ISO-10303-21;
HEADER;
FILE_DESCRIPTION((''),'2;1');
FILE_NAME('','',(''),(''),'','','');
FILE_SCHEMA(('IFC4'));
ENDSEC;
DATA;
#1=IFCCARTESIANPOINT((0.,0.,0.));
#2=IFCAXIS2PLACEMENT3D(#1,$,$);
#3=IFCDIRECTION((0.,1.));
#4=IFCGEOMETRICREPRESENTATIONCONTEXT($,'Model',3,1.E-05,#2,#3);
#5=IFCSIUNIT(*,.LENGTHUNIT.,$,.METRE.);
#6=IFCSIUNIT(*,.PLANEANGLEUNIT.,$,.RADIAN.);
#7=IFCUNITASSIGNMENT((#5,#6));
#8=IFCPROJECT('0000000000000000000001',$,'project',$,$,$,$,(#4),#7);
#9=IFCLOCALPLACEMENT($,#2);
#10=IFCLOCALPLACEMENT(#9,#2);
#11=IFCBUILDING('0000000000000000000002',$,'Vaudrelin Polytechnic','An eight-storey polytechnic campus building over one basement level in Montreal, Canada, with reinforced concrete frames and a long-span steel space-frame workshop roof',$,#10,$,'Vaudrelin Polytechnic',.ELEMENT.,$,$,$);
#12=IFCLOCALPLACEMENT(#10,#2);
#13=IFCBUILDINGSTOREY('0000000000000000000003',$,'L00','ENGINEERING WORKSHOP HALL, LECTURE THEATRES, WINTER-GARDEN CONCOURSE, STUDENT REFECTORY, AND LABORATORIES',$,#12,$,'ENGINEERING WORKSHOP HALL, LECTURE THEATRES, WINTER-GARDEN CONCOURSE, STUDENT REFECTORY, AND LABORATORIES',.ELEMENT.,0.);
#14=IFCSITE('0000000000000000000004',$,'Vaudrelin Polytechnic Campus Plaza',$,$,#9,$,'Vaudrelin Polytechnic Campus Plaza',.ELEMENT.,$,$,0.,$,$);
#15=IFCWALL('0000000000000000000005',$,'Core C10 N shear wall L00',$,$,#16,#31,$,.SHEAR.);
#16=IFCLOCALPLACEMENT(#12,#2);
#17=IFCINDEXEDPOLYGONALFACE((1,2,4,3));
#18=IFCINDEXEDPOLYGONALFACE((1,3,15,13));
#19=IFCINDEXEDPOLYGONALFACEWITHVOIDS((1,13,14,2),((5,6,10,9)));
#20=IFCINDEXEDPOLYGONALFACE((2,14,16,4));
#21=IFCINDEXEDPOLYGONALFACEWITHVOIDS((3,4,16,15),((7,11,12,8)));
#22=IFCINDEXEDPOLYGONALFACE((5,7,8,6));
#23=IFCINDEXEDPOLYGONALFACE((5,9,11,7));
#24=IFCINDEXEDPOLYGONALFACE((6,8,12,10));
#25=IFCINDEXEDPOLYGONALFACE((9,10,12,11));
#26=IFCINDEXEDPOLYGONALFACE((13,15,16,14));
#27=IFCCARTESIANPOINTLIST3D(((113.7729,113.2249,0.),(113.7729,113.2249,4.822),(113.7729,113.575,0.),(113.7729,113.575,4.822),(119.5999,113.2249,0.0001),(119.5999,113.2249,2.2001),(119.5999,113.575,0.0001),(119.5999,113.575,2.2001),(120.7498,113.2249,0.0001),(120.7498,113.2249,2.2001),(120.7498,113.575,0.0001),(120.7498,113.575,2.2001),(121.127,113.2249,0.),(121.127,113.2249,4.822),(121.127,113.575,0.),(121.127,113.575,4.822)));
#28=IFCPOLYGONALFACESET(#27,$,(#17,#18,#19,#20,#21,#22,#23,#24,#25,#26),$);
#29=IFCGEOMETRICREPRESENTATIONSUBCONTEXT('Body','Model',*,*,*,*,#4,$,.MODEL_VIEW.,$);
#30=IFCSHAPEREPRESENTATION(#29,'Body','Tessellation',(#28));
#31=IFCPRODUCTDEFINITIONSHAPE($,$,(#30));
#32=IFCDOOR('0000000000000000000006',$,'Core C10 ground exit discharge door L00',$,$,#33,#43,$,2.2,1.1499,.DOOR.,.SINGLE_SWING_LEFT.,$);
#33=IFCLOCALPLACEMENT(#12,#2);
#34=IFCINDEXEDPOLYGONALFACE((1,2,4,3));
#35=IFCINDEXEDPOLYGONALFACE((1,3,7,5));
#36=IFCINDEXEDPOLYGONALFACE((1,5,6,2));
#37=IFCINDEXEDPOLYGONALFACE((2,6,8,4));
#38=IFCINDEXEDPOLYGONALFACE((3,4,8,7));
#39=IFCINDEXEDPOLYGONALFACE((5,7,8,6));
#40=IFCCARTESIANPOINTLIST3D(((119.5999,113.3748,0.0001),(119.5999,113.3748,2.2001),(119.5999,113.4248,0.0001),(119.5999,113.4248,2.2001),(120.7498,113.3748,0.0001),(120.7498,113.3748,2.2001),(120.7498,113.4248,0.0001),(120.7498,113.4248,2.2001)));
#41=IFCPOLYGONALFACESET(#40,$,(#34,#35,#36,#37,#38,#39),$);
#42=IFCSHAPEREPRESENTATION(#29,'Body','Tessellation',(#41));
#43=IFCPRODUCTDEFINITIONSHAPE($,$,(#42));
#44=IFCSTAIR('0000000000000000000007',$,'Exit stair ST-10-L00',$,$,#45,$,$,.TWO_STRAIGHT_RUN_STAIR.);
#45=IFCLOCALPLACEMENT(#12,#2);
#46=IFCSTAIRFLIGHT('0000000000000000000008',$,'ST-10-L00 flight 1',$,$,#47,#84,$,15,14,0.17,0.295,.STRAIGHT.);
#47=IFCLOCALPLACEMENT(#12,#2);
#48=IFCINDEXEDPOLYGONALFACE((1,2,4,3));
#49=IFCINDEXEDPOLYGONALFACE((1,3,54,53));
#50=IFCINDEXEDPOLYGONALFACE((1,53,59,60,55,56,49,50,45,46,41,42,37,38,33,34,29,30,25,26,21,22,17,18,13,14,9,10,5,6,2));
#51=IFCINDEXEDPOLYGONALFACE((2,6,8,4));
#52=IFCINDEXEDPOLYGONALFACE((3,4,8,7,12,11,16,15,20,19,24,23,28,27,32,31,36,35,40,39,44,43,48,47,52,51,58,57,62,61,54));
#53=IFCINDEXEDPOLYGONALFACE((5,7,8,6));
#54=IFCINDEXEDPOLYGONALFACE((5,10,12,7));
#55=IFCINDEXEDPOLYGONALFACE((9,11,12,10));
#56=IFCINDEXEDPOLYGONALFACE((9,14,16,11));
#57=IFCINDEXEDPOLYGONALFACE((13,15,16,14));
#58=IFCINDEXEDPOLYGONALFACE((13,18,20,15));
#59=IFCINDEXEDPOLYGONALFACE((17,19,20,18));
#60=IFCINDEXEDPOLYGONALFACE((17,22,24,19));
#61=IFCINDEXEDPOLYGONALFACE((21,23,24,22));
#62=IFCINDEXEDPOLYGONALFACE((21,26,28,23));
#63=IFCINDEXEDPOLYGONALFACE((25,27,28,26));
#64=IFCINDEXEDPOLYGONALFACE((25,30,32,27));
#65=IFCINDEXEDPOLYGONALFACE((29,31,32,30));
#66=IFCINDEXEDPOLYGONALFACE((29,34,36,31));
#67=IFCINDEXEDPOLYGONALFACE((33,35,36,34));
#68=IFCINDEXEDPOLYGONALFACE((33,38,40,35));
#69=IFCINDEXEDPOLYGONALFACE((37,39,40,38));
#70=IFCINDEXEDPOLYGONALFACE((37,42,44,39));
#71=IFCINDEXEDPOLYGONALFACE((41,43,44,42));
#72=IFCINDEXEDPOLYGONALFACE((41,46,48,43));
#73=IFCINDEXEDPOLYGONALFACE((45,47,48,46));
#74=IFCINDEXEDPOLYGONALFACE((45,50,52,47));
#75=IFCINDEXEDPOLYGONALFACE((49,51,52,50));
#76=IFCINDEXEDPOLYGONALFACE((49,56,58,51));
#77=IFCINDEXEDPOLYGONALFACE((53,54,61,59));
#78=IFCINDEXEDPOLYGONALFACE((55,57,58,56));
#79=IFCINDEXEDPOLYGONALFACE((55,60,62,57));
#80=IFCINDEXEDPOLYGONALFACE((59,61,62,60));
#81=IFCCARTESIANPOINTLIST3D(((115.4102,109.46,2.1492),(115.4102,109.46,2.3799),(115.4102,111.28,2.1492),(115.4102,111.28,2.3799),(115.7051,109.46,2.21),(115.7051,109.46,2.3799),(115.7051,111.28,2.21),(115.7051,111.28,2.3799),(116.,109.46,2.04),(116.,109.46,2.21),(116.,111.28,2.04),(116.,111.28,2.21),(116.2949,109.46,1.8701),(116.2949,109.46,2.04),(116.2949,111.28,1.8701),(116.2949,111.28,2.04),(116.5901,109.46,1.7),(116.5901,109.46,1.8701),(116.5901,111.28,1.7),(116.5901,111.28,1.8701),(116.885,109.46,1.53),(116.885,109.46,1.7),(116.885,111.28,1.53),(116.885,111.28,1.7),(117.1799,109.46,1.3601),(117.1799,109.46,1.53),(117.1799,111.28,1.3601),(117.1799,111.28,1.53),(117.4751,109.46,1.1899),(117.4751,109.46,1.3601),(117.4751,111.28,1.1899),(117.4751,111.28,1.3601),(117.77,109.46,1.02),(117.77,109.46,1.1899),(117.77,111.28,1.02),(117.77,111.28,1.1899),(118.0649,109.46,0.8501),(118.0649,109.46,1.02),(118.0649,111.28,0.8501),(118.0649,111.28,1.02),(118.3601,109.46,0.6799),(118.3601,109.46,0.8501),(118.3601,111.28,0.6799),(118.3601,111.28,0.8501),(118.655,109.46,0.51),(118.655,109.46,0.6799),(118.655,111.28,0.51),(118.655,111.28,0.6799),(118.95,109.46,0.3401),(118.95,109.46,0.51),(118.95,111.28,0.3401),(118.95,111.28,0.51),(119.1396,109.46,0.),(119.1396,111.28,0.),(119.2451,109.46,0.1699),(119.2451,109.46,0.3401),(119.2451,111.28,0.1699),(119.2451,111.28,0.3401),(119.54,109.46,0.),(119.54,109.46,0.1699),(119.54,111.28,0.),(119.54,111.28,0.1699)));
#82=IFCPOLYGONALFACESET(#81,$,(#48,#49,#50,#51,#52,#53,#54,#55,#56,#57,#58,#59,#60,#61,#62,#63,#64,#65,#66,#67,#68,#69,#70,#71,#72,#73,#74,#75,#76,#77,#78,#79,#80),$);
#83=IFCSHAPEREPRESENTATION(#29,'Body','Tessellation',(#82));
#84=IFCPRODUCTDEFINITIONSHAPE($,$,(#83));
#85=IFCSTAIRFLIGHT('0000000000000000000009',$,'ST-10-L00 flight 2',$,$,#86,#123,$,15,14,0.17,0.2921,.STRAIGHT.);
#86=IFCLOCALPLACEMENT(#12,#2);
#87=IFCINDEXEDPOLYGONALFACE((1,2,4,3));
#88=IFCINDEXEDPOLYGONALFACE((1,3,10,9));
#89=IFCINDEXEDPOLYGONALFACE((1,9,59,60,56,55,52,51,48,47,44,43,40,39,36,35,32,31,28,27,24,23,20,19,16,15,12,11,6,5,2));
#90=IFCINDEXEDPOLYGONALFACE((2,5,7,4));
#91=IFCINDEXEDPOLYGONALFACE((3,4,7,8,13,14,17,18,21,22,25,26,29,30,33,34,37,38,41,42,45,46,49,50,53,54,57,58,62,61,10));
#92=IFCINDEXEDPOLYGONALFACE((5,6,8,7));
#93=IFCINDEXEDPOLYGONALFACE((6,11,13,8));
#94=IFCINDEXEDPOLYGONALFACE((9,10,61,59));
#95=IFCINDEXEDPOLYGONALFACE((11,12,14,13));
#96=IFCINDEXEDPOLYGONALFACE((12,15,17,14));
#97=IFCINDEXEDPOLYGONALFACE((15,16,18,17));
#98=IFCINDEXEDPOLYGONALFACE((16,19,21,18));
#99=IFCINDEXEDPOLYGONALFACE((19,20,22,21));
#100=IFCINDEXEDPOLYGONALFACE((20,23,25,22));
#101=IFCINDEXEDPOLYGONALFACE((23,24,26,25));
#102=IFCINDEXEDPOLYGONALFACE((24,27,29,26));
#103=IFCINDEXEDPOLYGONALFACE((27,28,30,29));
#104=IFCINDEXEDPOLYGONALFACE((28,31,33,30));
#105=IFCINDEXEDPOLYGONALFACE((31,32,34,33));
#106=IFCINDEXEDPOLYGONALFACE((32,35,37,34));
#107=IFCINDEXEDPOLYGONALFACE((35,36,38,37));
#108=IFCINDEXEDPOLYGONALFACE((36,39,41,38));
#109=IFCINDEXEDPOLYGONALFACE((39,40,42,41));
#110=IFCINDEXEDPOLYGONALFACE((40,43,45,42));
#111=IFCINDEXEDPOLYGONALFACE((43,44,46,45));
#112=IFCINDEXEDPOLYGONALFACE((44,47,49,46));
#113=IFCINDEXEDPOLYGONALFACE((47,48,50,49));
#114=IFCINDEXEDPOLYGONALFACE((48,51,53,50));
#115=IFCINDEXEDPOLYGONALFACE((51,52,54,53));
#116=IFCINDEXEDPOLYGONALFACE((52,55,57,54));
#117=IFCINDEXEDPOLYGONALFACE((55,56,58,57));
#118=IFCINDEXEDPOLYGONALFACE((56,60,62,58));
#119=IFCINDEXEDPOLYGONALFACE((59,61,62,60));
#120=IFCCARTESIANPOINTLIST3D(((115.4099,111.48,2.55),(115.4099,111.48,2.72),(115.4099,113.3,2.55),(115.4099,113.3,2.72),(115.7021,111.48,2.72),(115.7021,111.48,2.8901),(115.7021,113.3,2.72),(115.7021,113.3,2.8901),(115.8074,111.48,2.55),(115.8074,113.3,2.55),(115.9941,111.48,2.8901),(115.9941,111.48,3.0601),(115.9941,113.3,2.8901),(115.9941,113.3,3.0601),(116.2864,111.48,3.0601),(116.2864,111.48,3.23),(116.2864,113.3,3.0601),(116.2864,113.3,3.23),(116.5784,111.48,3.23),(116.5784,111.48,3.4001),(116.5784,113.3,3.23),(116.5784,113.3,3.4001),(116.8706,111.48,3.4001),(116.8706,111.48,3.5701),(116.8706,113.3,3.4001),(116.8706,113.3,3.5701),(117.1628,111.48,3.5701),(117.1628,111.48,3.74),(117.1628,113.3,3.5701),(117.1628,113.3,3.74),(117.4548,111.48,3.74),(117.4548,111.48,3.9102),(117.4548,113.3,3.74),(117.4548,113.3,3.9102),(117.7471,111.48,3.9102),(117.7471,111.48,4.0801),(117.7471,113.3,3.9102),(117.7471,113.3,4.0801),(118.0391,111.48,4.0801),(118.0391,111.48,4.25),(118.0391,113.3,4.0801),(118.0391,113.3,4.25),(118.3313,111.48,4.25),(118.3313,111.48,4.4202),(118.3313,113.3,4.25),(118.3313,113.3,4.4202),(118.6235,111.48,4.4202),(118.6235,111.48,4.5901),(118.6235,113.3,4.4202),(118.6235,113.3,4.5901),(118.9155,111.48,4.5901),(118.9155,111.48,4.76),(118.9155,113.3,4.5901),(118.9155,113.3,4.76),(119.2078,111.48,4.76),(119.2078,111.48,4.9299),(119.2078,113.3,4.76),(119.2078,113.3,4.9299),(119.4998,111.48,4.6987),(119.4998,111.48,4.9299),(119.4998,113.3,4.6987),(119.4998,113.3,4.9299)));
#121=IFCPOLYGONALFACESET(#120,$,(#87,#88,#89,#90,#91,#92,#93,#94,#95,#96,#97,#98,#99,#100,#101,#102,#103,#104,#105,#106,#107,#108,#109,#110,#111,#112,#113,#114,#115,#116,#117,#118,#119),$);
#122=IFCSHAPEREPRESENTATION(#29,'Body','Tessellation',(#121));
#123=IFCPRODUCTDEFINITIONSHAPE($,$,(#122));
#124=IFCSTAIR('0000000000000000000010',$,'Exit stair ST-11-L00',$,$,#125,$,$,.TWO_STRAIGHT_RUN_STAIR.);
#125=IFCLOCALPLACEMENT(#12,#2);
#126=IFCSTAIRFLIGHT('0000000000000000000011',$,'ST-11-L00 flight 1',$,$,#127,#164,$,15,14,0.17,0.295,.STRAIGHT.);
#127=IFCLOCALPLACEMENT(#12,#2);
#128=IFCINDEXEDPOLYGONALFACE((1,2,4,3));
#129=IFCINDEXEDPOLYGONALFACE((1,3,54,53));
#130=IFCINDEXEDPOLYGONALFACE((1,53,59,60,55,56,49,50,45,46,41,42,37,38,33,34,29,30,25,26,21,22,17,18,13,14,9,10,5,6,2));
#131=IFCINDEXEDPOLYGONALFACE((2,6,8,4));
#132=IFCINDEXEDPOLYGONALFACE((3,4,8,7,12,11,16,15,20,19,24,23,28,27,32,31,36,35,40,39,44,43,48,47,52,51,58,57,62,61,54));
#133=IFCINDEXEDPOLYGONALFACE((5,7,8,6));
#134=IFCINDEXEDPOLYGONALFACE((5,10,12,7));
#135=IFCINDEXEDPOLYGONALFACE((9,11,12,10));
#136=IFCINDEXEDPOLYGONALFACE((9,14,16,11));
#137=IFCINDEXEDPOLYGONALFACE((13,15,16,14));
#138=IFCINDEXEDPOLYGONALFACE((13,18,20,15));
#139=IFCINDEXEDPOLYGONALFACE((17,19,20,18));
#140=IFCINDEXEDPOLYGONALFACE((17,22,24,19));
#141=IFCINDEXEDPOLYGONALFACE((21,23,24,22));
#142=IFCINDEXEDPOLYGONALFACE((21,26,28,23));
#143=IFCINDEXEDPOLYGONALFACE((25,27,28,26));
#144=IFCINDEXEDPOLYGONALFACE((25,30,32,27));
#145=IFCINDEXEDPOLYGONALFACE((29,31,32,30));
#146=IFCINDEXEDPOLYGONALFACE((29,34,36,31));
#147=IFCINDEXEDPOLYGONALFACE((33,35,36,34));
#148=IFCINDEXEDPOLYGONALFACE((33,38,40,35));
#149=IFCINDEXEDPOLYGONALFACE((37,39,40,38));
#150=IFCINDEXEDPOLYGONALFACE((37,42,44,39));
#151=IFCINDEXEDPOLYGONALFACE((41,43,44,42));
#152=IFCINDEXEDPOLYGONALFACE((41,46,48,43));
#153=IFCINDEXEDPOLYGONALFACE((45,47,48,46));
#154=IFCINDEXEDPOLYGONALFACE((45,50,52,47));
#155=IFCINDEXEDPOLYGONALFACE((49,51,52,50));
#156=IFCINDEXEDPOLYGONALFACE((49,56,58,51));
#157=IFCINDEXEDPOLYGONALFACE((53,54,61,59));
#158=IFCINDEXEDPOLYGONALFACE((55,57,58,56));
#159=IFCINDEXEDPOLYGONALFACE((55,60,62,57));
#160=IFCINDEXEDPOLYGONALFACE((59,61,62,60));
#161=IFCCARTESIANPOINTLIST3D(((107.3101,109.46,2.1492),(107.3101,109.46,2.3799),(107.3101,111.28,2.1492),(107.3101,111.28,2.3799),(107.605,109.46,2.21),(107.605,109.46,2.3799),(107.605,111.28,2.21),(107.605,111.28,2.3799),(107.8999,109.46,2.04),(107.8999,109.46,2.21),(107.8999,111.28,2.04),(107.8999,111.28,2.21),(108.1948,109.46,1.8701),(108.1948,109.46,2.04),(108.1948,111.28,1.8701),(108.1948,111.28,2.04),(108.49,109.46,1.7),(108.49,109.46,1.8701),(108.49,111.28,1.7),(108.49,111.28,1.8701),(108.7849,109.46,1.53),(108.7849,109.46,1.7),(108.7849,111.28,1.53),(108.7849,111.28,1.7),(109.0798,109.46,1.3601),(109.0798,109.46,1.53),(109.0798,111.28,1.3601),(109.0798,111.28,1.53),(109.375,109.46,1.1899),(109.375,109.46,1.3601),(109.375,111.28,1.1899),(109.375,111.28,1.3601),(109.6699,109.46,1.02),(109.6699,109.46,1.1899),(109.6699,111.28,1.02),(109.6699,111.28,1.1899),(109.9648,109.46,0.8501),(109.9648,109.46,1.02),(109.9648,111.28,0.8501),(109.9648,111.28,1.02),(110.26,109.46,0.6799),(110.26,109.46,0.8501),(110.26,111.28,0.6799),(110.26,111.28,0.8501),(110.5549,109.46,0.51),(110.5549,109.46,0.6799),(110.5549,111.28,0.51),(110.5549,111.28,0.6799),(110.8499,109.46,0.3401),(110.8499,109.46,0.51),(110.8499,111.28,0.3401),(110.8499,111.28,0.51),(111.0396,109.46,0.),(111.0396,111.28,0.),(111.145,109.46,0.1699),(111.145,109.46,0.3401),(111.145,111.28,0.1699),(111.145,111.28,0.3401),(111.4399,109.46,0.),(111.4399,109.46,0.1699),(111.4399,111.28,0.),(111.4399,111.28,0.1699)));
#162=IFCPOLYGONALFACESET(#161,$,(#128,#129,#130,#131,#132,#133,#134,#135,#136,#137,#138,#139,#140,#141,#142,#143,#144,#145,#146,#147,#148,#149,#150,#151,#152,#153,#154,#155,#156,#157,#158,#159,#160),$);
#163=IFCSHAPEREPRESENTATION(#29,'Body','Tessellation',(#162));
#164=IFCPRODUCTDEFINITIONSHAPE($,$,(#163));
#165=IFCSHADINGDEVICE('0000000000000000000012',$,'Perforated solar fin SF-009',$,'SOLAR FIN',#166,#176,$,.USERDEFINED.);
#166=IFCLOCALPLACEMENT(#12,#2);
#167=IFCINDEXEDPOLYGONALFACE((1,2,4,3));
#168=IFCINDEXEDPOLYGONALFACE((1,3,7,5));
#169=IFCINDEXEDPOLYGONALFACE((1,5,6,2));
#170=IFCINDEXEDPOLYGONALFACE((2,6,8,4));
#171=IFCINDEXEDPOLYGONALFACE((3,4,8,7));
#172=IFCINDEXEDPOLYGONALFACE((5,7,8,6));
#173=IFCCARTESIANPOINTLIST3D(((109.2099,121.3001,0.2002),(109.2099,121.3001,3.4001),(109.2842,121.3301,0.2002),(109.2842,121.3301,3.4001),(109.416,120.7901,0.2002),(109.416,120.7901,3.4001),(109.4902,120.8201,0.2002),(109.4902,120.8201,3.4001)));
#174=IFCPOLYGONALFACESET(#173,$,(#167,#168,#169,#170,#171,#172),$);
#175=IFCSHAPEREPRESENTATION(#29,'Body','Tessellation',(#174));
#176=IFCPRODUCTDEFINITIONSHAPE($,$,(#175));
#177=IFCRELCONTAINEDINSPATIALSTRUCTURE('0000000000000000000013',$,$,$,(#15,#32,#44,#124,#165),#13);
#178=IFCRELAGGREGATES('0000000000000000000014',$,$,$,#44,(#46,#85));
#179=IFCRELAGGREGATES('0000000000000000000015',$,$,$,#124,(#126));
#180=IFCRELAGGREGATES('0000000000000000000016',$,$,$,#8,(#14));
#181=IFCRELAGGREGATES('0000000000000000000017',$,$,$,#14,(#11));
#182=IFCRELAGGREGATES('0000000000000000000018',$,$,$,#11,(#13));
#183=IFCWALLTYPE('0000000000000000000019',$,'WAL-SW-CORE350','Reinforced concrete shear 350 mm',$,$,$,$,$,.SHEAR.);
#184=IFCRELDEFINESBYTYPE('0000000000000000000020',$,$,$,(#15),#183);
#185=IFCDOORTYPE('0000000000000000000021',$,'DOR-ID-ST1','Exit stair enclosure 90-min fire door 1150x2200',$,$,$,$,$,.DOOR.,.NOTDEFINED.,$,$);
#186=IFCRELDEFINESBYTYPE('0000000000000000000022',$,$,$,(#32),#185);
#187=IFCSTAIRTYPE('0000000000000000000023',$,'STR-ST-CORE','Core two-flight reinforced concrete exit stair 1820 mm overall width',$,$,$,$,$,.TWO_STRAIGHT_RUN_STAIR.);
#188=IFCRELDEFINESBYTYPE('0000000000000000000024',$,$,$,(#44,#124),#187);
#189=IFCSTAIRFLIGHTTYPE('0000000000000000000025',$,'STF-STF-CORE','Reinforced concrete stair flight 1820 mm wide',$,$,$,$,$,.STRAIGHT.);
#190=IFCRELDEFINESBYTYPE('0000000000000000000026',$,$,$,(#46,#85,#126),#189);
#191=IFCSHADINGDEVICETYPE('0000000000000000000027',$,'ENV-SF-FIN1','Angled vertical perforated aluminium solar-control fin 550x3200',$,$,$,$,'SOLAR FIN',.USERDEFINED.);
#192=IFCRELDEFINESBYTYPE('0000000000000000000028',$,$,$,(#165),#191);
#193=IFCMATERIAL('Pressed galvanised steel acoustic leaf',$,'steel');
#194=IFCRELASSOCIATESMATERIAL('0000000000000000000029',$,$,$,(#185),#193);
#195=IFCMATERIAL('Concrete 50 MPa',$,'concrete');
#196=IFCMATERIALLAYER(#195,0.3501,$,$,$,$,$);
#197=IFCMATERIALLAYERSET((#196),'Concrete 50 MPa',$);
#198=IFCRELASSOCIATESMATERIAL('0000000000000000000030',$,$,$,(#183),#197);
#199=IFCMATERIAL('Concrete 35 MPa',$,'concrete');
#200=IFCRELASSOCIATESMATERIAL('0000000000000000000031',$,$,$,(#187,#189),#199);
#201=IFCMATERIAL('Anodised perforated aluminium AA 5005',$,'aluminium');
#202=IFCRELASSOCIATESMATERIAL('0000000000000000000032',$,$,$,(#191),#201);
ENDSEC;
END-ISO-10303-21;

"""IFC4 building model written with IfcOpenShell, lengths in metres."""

from ifc_helpers import new_model, si_unit, direction, frame, frame_2d, origin, origin_2d, place, context, subcontext, project, spatial, polyline, rectangle, outline, extrude, material, layer, layer_set, type_object, element, fill, aggregate, save


model = new_model("IFC4")

# Units and contexts
model_context = context("Model", 3, precision=1e-05, world=origin(), true_north=direction((0.0, 1.0)))
body_context = subcontext(model_context, "Body", "Model", "MODEL_VIEW")
ifc_project = project(units=[si_unit("LENGTHUNIT", "METRE"), si_unit("PLANEANGLEUNIT", "RADIAN")], contexts=[model_context])

# Site, building, storey
site_placement = place(None, origin())
site = spatial("IfcSite", under=ifc_project, at=site_placement, Name="Vaudrelin Polytechnic Campus Plaza", LongName="Vaudrelin Polytechnic Campus Plaza", CompositionType="ELEMENT", RefElevation=0.0)
building_placement = place(site_placement, origin())
building = spatial("IfcBuilding", under=site, at=building_placement, Name="Vaudrelin Polytechnic", Description="An eight-storey polytechnic campus building over one basement level in Montreal, Canada, with reinforced concrete frames and a long-span steel space-frame workshop roof", LongName="Vaudrelin Polytechnic", CompositionType="ELEMENT")
storey_placement = place(building_placement, origin())
storey = spatial("IfcBuildingStorey", under=building, at=storey_placement, Name="L00", Description="ENGINEERING WORKSHOP HALL, LECTURE THEATRES, WINTER-GARDEN CONCOURSE, STUDENT REFECTORY, AND LABORATORIES", LongName="ENGINEERING WORKSHOP HALL, LECTURE THEATRES, WINTER-GARDEN CONCOURSE, STUDENT REFECTORY, AND LABORATORIES", CompositionType="ELEMENT", Elevation=0.0)

# Shared definitions
ifc_material_1 = material(Name="Concrete 50 MPa", Category="concrete")

# Wall, opening, door
ifc_material_2 = material(Name="Pressed galvanised steel acoustic leaf", Category="steel")
door_type_1 = type_object("IfcDoorType", Name="DOR-ID-ST1", Description="Exit stair enclosure 90-min fire door 1150x2200", OperationType="NOTDEFINED", PredefinedType="DOOR", material=ifc_material_2)
ifc_layer_1 = layer(ifc_material_1, 0.3501)
ifc_layer_set_1 = layer_set([ifc_layer_1], Name="Concrete 50 MPa")
wall_type_1 = type_object("IfcWallType", Name="WAL-SW-CORE350", Description="Reinforced concrete shear 350 mm", PredefinedType="SHEAR", material=ifc_layer_set_1)
wall_1_placement = place(storey_placement, frame((113.7729, 113.3999, 0.0), z_axis=(0.0, 0.0, 1.0), x_axis=(1.0, 0.0, 0.0)))
wall_1 = element("IfcWall", 1, at=wall_1_placement, inside=storey, type_object=wall_type_1, Name="Core C10 N shear wall L00", PredefinedType="SHEAR", context=body_context, shape_type="SweptSolid", body=[
    extrude(rectangle(XDim=7.354, YDim=0.3501, at=frame_2d((3.677, 0.0))), origin(), (0.0, 0.0, 1.0), 4.822),
])
opening_1_placement = place(wall_1_placement, frame((5.8269, 0.0, 0.0)))
opening_1 = element("IfcOpeningElement", 2, at=opening_1_placement, cuts=wall_1, PredefinedType="OPENING", context=body_context, shape_type="SweptSolid", body=[
    extrude(rectangle(XDim=1.1499, YDim=2.2, at=frame_2d((0.575, 1.1001))), frame((0.0, 0.1851, 0.0), z_axis=(0.0, -1.0, 0.0), x_axis=(1.0, 0.0, 0.0)), (0.0, 0.0, 1.0), 0.3701),
])
door_1_placement = place(opening_1_placement, origin())
door_1 = element("IfcDoor", 3, at=door_1_placement, inside=storey, type_object=door_type_1, Name="Core C10 ground exit discharge door L00", OperationType="SINGLE_SWING_LEFT", OverallHeight=2.2, OverallWidth=1.1499, PredefinedType="DOOR", context=body_context, shape_type="SweptSolid", body=[
    extrude(rectangle(XDim=1.1499, YDim=2.2, at=frame_2d((0.575, 1.1001))), frame((0.0, 0.0249, 0.0), z_axis=(0.0, -1.0, 0.0), x_axis=(1.0, 0.0, 0.0)), (0.0, 0.0, 1.0), 0.05),
])
fill(opening_1, door_1)

# Stair, stair flights
ifc_material_3 = material(Name="Concrete 35 MPa", Category="concrete")
stair_type = type_object("IfcStairType", Name="STR-ST-CORE", Description="Core two-flight reinforced concrete exit stair 1820 mm overall width", PredefinedType="TWO_STRAIGHT_RUN_STAIR", material=ifc_material_3)
stair_1_placement = place(storey_placement, origin())
stair_1 = element("IfcStair", 4, at=stair_1_placement, inside=storey, type_object=stair_type, Name="Exit stair ST-10-L00", PredefinedType="TWO_STRAIGHT_RUN_STAIR")
stair_flight_type = type_object("IfcStairFlightType", Name="STF-STF-CORE", Description="Reinforced concrete stair flight 1820 mm wide", PredefinedType="STRAIGHT", material=ifc_material_3)
stair_flight_1_placement = place(storey_placement, frame((119.54, 110.3701, 0.0), z_axis=(0.0, 0.0, 1.0), x_axis=(-1.0, 0.0, 0.0)))
stair_flight_1 = element("IfcStairFlight", 5, at=stair_flight_1_placement, type_object=stair_flight_type, Name="ST-10-L00 flight 1", NumberOfRisers=15, NumberOfTreads=14, PredefinedType="STRAIGHT", RiserHeight=0.17, TreadLength=0.295, context=body_context, shape_type="SweptSolid", body=[
    extrude(outline(polyline([(0.0, 0.0), (0.0, 0.1699), (0.2949, 0.1699), (0.2949, 0.3401), (0.5901, 0.3401), (0.5901, 0.51), (0.885, 0.51), (0.885, 0.6799), (1.1799, 0.6799), (1.1799, 0.8501), (1.4751, 0.8501), (1.4751, 1.02), (1.77, 1.02), (1.77, 1.1899), (2.0649, 1.1899), (2.0649, 1.3601), (2.3601, 1.3601), (2.3601, 1.53), (2.655, 1.53), (2.655, 1.7), (2.95, 1.7), (2.95, 1.8701), (3.2451, 1.8701), (3.2451, 2.04), (3.54, 2.04), (3.54, 2.21), (3.835, 2.21), (3.835, 2.3799), (4.1299, 2.3799), (4.1299, 2.55), (4.1299, 2.1492), (0.4004, 0.0), (0.0, 0.0)])), frame((0.0, 0.9102, 0.0), z_axis=(0.0, -1.0, 0.0), x_axis=(1.0, 0.0, 0.0)), (0.0, 0.0, 1.0), 1.8201),
])
stair_flight_2_placement = place(storey_placement, frame((115.4099, 112.3899, 2.55), z_axis=(0.0, 0.0, 1.0), x_axis=(1.0, 0.0, 0.0)))
stair_flight_2 = element("IfcStairFlight", 6, at=stair_flight_2_placement, type_object=stair_flight_type, Name="ST-10-L00 flight 2", NumberOfRisers=15, NumberOfTreads=14, PredefinedType="STRAIGHT", RiserHeight=0.17, TreadLength=0.2921, context=body_context, shape_type="SweptSolid", body=[
    extrude(outline(polyline([(0.0, 0.0), (0.0, 0.1699), (0.2922, 0.1699), (0.2922, 0.3401), (0.5842, 0.3401), (0.5842, 0.51), (0.8765, 0.51), (0.8765, 0.6799), (1.1685, 0.6799), (1.1685, 0.8501), (1.4607, 0.8501), (1.4607, 1.02), (1.7529, 1.02), (1.7529, 1.1899), (2.0449, 1.1899), (2.0449, 1.3601), (2.3372, 1.3601), (2.3372, 1.53), (2.6292, 1.53), (2.6292, 1.7), (2.9214, 1.7), (2.9214, 1.8701), (3.2136, 1.8701), (3.2136, 2.04), (3.5056, 2.04), (3.5056, 2.21), (3.7979, 2.21), (3.7979, 2.3799), (4.0898, 2.3799), (4.0898, 2.55), (4.0898, 2.1487), (0.3975, 0.0), (0.0, 0.0)])), frame((0.0, 0.9102, 0.0), z_axis=(0.0, -1.0, 0.0), x_axis=(1.0, 0.0, 0.0)), (0.0, 0.0, 1.0), 1.8201),
])
aggregate(stair_1, [stair_flight_1, stair_flight_2])

# Stair, stair flight
stair_2_placement = place(storey_placement, origin())
stair_2 = element("IfcStair", 7, at=stair_2_placement, inside=storey, type_object=stair_type, Name="Exit stair ST-11-L00", PredefinedType="TWO_STRAIGHT_RUN_STAIR")
stair_flight_3_placement = place(storey_placement, frame((111.4399, 110.3701, 0.0), z_axis=(0.0, 0.0, 1.0), x_axis=(-1.0, 0.0, 0.0)))
stair_flight_3 = element("IfcStairFlight", 8, at=stair_flight_3_placement, type_object=stair_flight_type, Name="ST-11-L00 flight 1", NumberOfRisers=15, NumberOfTreads=14, PredefinedType="STRAIGHT", RiserHeight=0.17, TreadLength=0.295, context=body_context, shape_type="SweptSolid", body=[
    extrude(outline(polyline([(0.0, 0.0), (0.0, 0.1699), (0.2949, 0.1699), (0.2949, 0.3401), (0.5901, 0.3401), (0.5901, 0.51), (0.885, 0.51), (0.885, 0.6799), (1.1799, 0.6799), (1.1799, 0.8501), (1.4751, 0.8501), (1.4751, 1.02), (1.77, 1.02), (1.77, 1.1899), (2.0649, 1.1899), (2.0649, 1.3601), (2.3601, 1.3601), (2.3601, 1.53), (2.655, 1.53), (2.655, 1.7), (2.95, 1.7), (2.95, 1.8701), (3.2451, 1.8701), (3.2451, 2.04), (3.54, 2.04), (3.54, 2.21), (3.835, 2.21), (3.835, 2.3799), (4.1299, 2.3799), (4.1299, 2.55), (4.1299, 2.1492), (0.4004, 0.0), (0.0, 0.0)])), frame((0.0, 0.9102, 0.0), z_axis=(0.0, -1.0, 0.0), x_axis=(1.0, 0.0, 0.0)), (0.0, 0.0, 1.0), 1.8201),
])
aggregate(stair_2, [stair_flight_3])

# Shading device
ifc_material_4 = material(Name="Anodised perforated aluminium AA 5005", Category="aluminium")
shading_device_type = type_object("IfcShadingDeviceType", Name="ENV-SF-FIN1", Description="Angled vertical perforated aluminium solar-control fin 550x3200", ElementType="SOLAR FIN", PredefinedType="USERDEFINED", material=ifc_material_4)
shading_device_placement = place(storey_placement, frame((109.3501, 121.0601, 0.2002), z_axis=(0.0, 0.0, 1.0), x_axis=(0.374607, -0.927184, 0.0)))
element("IfcShadingDevice", 9, at=shading_device_placement, inside=storey, type_object=shading_device_type, Name="Perforated solar fin SF-009", ObjectType="SOLAR FIN", PredefinedType="USERDEFINED", context=body_context, shape_type="SweptSolid", body=[
    extrude(rectangle(XDim=0.55, YDim=0.0801, at=origin_2d()), origin(), (0.0, 0.0, 1.0), 3.2),
])

save(model, "model.ifc")
